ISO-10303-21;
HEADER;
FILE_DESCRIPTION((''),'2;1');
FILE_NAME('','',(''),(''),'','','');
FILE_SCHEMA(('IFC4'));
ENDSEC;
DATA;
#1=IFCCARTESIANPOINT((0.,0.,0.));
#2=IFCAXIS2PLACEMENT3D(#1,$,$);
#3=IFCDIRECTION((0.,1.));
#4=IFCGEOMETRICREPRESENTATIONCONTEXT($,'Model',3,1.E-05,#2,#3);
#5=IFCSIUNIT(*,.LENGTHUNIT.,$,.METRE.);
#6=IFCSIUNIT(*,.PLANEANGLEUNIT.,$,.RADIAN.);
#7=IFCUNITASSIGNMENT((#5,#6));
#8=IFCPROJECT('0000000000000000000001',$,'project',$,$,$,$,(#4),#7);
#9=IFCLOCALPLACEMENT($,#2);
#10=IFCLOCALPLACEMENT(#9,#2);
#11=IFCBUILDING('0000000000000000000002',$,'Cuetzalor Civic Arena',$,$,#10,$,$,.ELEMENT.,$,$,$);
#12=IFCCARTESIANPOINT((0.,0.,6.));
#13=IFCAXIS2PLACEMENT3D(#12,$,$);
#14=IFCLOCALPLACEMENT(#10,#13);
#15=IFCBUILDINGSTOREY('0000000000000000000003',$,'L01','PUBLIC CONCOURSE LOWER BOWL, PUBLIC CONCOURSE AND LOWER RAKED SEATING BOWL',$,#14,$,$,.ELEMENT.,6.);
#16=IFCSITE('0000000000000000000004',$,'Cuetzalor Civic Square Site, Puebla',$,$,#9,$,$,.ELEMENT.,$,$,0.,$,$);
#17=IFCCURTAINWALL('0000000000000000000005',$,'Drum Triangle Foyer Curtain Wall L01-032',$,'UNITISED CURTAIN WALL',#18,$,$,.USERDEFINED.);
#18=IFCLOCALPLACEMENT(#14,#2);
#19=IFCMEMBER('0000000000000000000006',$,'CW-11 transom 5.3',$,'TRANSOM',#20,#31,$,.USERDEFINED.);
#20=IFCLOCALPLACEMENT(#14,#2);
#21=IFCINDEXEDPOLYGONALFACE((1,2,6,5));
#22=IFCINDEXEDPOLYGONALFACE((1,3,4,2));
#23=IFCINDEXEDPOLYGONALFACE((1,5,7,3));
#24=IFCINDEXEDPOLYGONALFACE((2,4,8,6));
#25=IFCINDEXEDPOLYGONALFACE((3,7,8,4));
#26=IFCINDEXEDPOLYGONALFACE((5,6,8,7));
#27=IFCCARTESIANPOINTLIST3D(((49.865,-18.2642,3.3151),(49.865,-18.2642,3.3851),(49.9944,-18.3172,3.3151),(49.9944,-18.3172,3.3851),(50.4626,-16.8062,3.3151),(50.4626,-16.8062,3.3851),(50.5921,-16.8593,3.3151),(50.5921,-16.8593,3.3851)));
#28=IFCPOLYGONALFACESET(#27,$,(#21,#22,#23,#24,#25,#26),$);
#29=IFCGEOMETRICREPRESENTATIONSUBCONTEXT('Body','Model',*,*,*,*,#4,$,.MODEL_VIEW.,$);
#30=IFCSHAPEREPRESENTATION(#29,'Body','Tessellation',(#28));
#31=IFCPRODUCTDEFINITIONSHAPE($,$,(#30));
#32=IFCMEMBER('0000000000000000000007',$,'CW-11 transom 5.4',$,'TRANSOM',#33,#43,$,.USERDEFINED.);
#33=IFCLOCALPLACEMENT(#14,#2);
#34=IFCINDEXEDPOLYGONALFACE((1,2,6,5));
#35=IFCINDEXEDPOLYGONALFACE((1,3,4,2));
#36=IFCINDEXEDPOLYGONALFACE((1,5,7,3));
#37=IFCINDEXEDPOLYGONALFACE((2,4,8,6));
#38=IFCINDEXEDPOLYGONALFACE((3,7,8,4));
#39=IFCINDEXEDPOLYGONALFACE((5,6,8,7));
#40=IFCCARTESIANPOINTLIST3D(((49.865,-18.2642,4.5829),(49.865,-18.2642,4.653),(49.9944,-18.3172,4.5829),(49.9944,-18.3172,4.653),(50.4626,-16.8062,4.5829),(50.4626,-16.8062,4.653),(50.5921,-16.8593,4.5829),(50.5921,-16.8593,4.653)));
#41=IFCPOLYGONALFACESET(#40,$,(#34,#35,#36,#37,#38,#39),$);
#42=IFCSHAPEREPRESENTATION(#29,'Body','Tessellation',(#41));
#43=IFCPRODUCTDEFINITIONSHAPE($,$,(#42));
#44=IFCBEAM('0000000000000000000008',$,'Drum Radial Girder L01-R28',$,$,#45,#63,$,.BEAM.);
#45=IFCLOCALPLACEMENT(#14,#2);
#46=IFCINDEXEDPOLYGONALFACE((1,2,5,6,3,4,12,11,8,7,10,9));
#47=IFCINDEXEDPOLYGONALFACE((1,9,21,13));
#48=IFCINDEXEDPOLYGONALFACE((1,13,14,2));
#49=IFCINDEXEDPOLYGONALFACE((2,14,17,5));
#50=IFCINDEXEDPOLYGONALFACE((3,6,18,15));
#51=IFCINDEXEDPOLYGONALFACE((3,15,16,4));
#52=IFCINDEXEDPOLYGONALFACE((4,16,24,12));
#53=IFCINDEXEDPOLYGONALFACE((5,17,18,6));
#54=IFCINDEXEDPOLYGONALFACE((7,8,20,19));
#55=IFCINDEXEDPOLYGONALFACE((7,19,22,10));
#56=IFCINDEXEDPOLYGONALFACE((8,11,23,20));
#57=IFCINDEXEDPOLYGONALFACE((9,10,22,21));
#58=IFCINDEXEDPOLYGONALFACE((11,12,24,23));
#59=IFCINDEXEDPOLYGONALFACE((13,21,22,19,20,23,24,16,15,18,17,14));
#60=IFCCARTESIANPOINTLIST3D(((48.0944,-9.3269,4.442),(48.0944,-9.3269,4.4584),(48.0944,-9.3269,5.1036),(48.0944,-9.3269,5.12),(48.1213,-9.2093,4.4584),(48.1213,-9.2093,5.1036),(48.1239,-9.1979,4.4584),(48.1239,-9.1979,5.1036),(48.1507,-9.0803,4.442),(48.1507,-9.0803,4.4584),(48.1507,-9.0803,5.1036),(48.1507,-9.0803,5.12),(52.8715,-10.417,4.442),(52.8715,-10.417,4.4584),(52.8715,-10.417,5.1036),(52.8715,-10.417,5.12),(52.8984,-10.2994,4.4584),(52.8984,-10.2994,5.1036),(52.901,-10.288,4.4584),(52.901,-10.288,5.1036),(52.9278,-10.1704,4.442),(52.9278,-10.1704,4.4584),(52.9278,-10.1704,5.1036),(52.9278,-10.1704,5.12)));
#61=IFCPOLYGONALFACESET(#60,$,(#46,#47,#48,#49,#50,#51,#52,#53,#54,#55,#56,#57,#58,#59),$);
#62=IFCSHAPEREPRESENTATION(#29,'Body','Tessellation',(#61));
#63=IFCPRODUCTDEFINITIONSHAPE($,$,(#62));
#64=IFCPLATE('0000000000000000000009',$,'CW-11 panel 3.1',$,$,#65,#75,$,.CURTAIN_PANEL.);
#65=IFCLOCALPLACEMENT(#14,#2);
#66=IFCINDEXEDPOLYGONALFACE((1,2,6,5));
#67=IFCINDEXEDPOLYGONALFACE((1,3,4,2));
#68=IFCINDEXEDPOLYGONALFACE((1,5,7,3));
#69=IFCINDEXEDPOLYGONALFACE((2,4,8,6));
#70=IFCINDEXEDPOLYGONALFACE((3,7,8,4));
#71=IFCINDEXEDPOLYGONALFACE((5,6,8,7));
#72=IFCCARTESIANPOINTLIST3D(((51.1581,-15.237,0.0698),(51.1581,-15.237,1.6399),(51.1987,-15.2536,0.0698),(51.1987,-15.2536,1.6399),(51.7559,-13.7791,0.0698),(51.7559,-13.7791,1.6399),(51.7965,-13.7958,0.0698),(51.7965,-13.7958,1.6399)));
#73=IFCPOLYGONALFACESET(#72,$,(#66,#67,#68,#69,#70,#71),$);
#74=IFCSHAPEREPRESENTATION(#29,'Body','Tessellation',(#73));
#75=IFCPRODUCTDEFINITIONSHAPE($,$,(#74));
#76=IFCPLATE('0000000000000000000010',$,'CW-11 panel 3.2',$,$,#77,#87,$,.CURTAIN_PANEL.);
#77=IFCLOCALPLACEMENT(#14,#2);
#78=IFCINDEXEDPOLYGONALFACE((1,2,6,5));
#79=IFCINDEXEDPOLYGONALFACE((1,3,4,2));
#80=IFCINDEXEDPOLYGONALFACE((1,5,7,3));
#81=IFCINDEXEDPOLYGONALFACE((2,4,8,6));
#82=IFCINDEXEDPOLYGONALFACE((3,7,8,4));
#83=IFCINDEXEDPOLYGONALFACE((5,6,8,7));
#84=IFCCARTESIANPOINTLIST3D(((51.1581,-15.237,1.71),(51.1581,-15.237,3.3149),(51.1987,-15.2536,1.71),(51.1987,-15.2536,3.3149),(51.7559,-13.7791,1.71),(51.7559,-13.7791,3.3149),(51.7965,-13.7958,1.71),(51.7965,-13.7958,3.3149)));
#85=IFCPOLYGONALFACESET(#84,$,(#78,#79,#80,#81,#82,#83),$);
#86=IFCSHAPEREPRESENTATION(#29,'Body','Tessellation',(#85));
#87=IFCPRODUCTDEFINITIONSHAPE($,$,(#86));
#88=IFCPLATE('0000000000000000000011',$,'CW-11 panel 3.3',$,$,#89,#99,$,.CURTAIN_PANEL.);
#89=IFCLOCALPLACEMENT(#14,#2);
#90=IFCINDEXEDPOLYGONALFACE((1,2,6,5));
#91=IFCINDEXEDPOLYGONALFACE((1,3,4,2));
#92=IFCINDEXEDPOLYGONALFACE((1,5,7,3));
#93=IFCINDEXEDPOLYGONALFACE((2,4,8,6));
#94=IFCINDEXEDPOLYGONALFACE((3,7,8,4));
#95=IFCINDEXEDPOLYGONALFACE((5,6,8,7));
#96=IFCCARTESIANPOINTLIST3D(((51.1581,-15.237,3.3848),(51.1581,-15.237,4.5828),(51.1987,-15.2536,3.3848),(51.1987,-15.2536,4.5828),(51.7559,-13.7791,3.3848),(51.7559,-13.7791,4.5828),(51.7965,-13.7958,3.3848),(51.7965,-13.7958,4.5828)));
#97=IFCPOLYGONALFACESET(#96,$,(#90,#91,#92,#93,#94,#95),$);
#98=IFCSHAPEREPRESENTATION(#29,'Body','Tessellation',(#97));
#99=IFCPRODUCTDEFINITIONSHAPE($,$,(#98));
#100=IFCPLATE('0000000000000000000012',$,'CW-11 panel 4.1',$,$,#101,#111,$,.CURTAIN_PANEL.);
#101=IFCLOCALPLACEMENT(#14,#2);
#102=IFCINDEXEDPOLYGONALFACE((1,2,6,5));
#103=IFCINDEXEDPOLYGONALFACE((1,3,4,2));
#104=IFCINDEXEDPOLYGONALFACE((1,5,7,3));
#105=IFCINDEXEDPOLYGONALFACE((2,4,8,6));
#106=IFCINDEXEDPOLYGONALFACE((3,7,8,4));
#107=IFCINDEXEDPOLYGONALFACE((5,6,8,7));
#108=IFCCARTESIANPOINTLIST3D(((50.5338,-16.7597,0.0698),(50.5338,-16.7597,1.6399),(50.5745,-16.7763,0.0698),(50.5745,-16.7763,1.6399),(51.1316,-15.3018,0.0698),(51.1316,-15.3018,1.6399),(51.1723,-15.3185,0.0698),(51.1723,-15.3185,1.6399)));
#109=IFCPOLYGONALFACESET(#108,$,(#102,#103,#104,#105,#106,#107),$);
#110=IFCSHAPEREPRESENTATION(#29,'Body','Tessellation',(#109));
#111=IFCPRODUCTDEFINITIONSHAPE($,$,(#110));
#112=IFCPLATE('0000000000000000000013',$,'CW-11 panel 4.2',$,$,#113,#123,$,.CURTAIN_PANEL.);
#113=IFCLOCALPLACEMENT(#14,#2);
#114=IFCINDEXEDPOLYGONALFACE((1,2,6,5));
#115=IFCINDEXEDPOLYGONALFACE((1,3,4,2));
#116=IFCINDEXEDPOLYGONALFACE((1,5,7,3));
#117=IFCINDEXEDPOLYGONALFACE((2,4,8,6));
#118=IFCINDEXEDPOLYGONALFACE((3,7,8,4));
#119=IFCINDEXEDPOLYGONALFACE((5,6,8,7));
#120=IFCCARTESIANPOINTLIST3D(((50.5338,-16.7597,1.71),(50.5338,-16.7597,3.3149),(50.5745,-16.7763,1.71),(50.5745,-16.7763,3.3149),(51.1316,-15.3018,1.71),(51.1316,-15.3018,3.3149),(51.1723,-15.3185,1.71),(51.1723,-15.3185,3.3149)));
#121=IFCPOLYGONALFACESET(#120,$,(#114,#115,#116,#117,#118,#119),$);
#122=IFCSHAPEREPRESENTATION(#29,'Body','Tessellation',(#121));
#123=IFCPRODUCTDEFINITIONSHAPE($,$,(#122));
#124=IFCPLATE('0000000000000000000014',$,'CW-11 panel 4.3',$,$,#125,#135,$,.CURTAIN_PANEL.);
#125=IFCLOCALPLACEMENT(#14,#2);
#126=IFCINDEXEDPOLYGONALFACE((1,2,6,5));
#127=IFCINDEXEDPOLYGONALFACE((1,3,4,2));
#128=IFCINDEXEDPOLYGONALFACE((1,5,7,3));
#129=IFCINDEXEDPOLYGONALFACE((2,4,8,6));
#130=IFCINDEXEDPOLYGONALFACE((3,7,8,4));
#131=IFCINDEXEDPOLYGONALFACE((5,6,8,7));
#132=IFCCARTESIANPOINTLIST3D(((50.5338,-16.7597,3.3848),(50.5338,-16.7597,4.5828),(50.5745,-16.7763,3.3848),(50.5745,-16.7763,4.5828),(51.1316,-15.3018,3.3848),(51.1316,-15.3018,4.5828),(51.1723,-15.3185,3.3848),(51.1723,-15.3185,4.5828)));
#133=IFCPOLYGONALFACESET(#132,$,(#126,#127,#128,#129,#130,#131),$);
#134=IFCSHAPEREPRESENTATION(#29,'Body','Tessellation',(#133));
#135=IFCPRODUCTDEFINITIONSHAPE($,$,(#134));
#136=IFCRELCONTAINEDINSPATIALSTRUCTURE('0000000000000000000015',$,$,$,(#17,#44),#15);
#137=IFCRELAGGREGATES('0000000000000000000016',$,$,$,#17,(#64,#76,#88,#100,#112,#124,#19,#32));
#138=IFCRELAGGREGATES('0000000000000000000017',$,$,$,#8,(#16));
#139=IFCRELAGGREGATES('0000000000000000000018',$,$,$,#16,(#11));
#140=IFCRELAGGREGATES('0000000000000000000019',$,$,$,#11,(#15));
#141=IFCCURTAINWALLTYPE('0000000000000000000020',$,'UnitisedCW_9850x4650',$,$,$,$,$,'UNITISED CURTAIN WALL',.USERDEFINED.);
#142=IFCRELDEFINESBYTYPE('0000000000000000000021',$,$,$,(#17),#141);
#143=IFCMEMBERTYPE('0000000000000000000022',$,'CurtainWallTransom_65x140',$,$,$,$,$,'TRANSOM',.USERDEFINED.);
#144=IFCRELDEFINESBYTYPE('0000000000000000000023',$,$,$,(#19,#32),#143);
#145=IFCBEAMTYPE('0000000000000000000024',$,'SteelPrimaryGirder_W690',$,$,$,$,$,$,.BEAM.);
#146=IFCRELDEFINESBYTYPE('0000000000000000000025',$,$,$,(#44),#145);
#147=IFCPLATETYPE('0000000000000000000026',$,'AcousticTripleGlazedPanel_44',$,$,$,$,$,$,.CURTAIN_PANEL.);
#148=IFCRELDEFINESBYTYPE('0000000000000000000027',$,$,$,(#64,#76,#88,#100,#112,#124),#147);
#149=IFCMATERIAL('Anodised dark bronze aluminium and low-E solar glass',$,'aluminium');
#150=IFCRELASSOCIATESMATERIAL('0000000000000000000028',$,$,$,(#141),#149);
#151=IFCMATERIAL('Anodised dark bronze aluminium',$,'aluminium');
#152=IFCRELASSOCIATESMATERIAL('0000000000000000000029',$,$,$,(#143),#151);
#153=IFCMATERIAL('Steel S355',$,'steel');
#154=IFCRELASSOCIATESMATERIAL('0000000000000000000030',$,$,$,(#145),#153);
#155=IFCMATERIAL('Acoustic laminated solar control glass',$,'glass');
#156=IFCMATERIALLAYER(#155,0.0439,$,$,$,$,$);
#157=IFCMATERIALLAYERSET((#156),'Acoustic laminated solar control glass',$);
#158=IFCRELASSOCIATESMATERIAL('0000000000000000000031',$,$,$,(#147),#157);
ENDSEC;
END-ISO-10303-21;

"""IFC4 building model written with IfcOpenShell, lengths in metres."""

from ifc_helpers import new_model, si_unit, direction, frame, origin, origin_2d, place, context, subcontext, project, spatial, rectangle, i_section, extrude, material, layer, layer_set, material_profile, profile_set, type_object, element, aggregate, save


model = new_model("IFC4")

# Units and contexts
model_context = context("Model", 3, precision=1e-05, world=origin(), true_north=direction((0.0, 1.0)))
body_context = subcontext(model_context, "Body", "Model", "MODEL_VIEW")
ifc_project = project(units=[si_unit("LENGTHUNIT", "METRE"), si_unit("PLANEANGLEUNIT", "RADIAN")], contexts=[model_context])

# Site, building, storey
site_placement = place(None, origin())
site = spatial("IfcSite", under=ifc_project, at=site_placement, Name="Cuetzalor Civic Square Site, Puebla", CompositionType="ELEMENT", RefElevation=0.0)
building_placement = place(site_placement, origin())
building = spatial("IfcBuilding", under=site, at=building_placement, Name="Cuetzalor Civic Arena", CompositionType="ELEMENT")
storey_placement = place(building_placement, frame((0.0, 0.0, 6.0)))
storey = spatial("IfcBuildingStorey", under=building, at=storey_placement, Name="L01", Description="PUBLIC CONCOURSE LOWER BOWL, PUBLIC CONCOURSE AND LOWER RAKED SEATING BOWL", CompositionType="ELEMENT", Elevation=6.0)

# Curtain wall, members
ifc_material_1 = material(Name="Anodised dark bronze aluminium and low-E solar glass", Category="aluminium")
curtain_wall_type = type_object("IfcCurtainWallType", Name="UnitisedCW_9850x4650", ElementType="UNITISED CURTAIN WALL", PredefinedType="USERDEFINED", material=ifc_material_1)
curtain_wall_placement = place(storey_placement, origin())
curtain_wall = element("IfcCurtainWall", 1, at=curtain_wall_placement, inside=storey, type_object=curtain_wall_type, Name="Drum Triangle Foyer Curtain Wall L01-032", ObjectType="UNITISED CURTAIN WALL", PredefinedType="USERDEFINED")
ifc_material_2 = material(Name="Anodised dark bronze aluminium", Category="aluminium")
ifc_material_profile_1 = material_profile(ifc_material_2, rectangle(XDim=0.1399, YDim=0.0701, at=origin_2d()), Name="ALU TRANSOM 70x140")
ifc_profile_set_1 = profile_set([ifc_material_profile_1], Name="Anodised dark bronze aluminium")
member_type_1 = type_object("IfcMemberType", Name="CurtainWallTransom_65x140", ElementType="TRANSOM", PredefinedType="USERDEFINED", material=ifc_profile_set_1)
member_1_placement = place(storey_placement, frame((50.5273, -16.8328, 3.3501), z_axis=(-0.379284, -0.92528, 0.0), x_axis=(0.92528, -0.379284, 0.0)))
member_1 = element("IfcMember", 2, at=member_1_placement, type_object=member_type_1, Name="CW-11 transom 5.3", ObjectType="TRANSOM", PredefinedType="USERDEFINED", context=body_context, shape_type="SweptSolid", body=[
    extrude(rectangle(XDim=0.1399, YDim=0.0701, at=origin_2d()), origin(), (0.0, 0.0, 1.0), 1.5757),
])
member_2_placement = place(storey_placement, frame((50.5273, -16.8328, 4.6179), z_axis=(-0.379284, -0.92528, 0.0), x_axis=(0.92528, -0.379284, 0.0)))
member_2 = element("IfcMember", 3, at=member_2_placement, type_object=member_type_1, Name="CW-11 transom 5.4", ObjectType="TRANSOM", PredefinedType="USERDEFINED", context=body_context, shape_type="SweptSolid", body=[
    extrude(rectangle(XDim=0.1399, YDim=0.0701, at=origin_2d()), origin(), (0.0, 0.0, 1.0), 1.5757),
])

# Beam
ifc_material_3 = material(Name="Steel S355", Category="steel")
ifc_material_profile_2 = material_profile(ifc_material_3, i_section(OverallWidth=0.2529, OverallDepth=0.678, WebThickness=0.0117, FlangeThickness=0.0164, at=origin_2d()), Name="W690x125")
ifc_profile_set_2 = profile_set([ifc_material_profile_2], Name="Steel S355")
beam_type = type_object("IfcBeamType", Name="SteelPrimaryGirder_W690", PredefinedType="BEAM", material=ifc_profile_set_2)
beam_placement = place(storey_placement, frame((48.1226, -9.2036, 4.781), z_axis=(0.974939, -0.222472, 0.0), x_axis=(0.222472, 0.974939, 0.0)))
element("IfcBeam", 4, at=beam_placement, inside=storey, type_object=beam_type, Name="Drum Radial Girder L01-R28", PredefinedType="BEAM", context=body_context, shape_type="SweptSolid", body=[
    extrude(i_section(OverallWidth=0.2529, OverallDepth=0.678, WebThickness=0.0117, FlangeThickness=0.0164, at=origin_2d()), origin(), (0.0, 0.0, 1.0), 4.8999),
])

# Plates
ifc_material_4 = material(Name="Acoustic laminated solar control glass", Category="glass")
ifc_layer = layer(ifc_material_4, 0.0439)
ifc_layer_set = layer_set([ifc_layer], Name="Acoustic laminated solar control glass")
plate_type = type_object("IfcPlateType", Name="AcousticTripleGlazedPanel_44", PredefinedType="CURTAIN_PANEL", material=ifc_layer_set)
plate_1_placement = place(storey_placement, frame((51.4773, -14.5164, 0.0698), z_axis=(0.0, 0.0, 1.0), x_axis=(-0.379391, -0.925236, 0.0)))
plate_1 = element("IfcPlate", 5, at=plate_1_placement, type_object=plate_type, Name="CW-11 panel 3.1", PredefinedType="CURTAIN_PANEL", context=body_context, shape_type="SweptSolid", body=[
    extrude(rectangle(XDim=1.5757, YDim=0.0439, at=origin_2d()), origin(), (0.0, 0.0, 1.0), 1.5701),
])
plate_2_placement = place(storey_placement, frame((51.4773, -14.5164, 1.71), z_axis=(0.0, 0.0, 1.0), x_axis=(-0.379391, -0.925236, 0.0)))
plate_2 = element("IfcPlate", 6, at=plate_2_placement, type_object=plate_type, Name="CW-11 panel 3.2", PredefinedType="CURTAIN_PANEL", context=body_context, shape_type="SweptSolid", body=[
    extrude(rectangle(XDim=1.5757, YDim=0.0439, at=origin_2d()), origin(), (0.0, 0.0, 1.0), 1.605),
])
plate_3_placement = place(storey_placement, frame((51.4773, -14.5164, 3.3848), z_axis=(0.0, 0.0, 1.0), x_axis=(-0.379391, -0.925236, 0.0)))
plate_3 = element("IfcPlate", 7, at=plate_3_placement, type_object=plate_type, Name="CW-11 panel 3.3", PredefinedType="CURTAIN_PANEL", context=body_context, shape_type="SweptSolid", body=[
    extrude(rectangle(XDim=1.5757, YDim=0.0439, at=origin_2d()), origin(), (0.0, 0.0, 1.0), 1.198),
])
plate_4_placement = place(storey_placement, frame((50.853, -16.0391, 0.0698), z_axis=(0.0, 0.0, 1.0), x_axis=(-0.379391, -0.925236, 0.0)))
plate_4 = element("IfcPlate", 8, at=plate_4_placement, type_object=plate_type, Name="CW-11 panel 4.1", PredefinedType="CURTAIN_PANEL", context=body_context, shape_type="SweptSolid", body=[
    extrude(rectangle(XDim=1.5757, YDim=0.0439, at=origin_2d()), origin(), (0.0, 0.0, 1.0), 1.5701),
])
plate_5_placement = place(storey_placement, frame((50.853, -16.0391, 1.71), z_axis=(0.0, 0.0, 1.0), x_axis=(-0.379391, -0.925236, 0.0)))
plate_5 = element("IfcPlate", 9, at=plate_5_placement, type_object=plate_type, Name="CW-11 panel 4.2", PredefinedType="CURTAIN_PANEL", context=body_context, shape_type="SweptSolid", body=[
    extrude(rectangle(XDim=1.5757, YDim=0.0439, at=origin_2d()), origin(), (0.0, 0.0, 1.0), 1.605),
])
plate_6_placement = place(storey_placement, frame((50.853, -16.0391, 3.3848), z_axis=(0.0, 0.0, 1.0), x_axis=(-0.379391, -0.925236, 0.0)))
plate_6 = element("IfcPlate", 10, at=plate_6_placement, type_object=plate_type, Name="CW-11 panel 4.3", PredefinedType="CURTAIN_PANEL", context=body_context, shape_type="SweptSolid", body=[
    extrude(rectangle(XDim=1.5757, YDim=0.0439, at=origin_2d()), origin(), (0.0, 0.0, 1.0), 1.198),
])
aggregate(curtain_wall, [plate_1, plate_2, plate_3, plate_4, plate_5, plate_6, member_1, member_2])

save(model, "model.ifc")
